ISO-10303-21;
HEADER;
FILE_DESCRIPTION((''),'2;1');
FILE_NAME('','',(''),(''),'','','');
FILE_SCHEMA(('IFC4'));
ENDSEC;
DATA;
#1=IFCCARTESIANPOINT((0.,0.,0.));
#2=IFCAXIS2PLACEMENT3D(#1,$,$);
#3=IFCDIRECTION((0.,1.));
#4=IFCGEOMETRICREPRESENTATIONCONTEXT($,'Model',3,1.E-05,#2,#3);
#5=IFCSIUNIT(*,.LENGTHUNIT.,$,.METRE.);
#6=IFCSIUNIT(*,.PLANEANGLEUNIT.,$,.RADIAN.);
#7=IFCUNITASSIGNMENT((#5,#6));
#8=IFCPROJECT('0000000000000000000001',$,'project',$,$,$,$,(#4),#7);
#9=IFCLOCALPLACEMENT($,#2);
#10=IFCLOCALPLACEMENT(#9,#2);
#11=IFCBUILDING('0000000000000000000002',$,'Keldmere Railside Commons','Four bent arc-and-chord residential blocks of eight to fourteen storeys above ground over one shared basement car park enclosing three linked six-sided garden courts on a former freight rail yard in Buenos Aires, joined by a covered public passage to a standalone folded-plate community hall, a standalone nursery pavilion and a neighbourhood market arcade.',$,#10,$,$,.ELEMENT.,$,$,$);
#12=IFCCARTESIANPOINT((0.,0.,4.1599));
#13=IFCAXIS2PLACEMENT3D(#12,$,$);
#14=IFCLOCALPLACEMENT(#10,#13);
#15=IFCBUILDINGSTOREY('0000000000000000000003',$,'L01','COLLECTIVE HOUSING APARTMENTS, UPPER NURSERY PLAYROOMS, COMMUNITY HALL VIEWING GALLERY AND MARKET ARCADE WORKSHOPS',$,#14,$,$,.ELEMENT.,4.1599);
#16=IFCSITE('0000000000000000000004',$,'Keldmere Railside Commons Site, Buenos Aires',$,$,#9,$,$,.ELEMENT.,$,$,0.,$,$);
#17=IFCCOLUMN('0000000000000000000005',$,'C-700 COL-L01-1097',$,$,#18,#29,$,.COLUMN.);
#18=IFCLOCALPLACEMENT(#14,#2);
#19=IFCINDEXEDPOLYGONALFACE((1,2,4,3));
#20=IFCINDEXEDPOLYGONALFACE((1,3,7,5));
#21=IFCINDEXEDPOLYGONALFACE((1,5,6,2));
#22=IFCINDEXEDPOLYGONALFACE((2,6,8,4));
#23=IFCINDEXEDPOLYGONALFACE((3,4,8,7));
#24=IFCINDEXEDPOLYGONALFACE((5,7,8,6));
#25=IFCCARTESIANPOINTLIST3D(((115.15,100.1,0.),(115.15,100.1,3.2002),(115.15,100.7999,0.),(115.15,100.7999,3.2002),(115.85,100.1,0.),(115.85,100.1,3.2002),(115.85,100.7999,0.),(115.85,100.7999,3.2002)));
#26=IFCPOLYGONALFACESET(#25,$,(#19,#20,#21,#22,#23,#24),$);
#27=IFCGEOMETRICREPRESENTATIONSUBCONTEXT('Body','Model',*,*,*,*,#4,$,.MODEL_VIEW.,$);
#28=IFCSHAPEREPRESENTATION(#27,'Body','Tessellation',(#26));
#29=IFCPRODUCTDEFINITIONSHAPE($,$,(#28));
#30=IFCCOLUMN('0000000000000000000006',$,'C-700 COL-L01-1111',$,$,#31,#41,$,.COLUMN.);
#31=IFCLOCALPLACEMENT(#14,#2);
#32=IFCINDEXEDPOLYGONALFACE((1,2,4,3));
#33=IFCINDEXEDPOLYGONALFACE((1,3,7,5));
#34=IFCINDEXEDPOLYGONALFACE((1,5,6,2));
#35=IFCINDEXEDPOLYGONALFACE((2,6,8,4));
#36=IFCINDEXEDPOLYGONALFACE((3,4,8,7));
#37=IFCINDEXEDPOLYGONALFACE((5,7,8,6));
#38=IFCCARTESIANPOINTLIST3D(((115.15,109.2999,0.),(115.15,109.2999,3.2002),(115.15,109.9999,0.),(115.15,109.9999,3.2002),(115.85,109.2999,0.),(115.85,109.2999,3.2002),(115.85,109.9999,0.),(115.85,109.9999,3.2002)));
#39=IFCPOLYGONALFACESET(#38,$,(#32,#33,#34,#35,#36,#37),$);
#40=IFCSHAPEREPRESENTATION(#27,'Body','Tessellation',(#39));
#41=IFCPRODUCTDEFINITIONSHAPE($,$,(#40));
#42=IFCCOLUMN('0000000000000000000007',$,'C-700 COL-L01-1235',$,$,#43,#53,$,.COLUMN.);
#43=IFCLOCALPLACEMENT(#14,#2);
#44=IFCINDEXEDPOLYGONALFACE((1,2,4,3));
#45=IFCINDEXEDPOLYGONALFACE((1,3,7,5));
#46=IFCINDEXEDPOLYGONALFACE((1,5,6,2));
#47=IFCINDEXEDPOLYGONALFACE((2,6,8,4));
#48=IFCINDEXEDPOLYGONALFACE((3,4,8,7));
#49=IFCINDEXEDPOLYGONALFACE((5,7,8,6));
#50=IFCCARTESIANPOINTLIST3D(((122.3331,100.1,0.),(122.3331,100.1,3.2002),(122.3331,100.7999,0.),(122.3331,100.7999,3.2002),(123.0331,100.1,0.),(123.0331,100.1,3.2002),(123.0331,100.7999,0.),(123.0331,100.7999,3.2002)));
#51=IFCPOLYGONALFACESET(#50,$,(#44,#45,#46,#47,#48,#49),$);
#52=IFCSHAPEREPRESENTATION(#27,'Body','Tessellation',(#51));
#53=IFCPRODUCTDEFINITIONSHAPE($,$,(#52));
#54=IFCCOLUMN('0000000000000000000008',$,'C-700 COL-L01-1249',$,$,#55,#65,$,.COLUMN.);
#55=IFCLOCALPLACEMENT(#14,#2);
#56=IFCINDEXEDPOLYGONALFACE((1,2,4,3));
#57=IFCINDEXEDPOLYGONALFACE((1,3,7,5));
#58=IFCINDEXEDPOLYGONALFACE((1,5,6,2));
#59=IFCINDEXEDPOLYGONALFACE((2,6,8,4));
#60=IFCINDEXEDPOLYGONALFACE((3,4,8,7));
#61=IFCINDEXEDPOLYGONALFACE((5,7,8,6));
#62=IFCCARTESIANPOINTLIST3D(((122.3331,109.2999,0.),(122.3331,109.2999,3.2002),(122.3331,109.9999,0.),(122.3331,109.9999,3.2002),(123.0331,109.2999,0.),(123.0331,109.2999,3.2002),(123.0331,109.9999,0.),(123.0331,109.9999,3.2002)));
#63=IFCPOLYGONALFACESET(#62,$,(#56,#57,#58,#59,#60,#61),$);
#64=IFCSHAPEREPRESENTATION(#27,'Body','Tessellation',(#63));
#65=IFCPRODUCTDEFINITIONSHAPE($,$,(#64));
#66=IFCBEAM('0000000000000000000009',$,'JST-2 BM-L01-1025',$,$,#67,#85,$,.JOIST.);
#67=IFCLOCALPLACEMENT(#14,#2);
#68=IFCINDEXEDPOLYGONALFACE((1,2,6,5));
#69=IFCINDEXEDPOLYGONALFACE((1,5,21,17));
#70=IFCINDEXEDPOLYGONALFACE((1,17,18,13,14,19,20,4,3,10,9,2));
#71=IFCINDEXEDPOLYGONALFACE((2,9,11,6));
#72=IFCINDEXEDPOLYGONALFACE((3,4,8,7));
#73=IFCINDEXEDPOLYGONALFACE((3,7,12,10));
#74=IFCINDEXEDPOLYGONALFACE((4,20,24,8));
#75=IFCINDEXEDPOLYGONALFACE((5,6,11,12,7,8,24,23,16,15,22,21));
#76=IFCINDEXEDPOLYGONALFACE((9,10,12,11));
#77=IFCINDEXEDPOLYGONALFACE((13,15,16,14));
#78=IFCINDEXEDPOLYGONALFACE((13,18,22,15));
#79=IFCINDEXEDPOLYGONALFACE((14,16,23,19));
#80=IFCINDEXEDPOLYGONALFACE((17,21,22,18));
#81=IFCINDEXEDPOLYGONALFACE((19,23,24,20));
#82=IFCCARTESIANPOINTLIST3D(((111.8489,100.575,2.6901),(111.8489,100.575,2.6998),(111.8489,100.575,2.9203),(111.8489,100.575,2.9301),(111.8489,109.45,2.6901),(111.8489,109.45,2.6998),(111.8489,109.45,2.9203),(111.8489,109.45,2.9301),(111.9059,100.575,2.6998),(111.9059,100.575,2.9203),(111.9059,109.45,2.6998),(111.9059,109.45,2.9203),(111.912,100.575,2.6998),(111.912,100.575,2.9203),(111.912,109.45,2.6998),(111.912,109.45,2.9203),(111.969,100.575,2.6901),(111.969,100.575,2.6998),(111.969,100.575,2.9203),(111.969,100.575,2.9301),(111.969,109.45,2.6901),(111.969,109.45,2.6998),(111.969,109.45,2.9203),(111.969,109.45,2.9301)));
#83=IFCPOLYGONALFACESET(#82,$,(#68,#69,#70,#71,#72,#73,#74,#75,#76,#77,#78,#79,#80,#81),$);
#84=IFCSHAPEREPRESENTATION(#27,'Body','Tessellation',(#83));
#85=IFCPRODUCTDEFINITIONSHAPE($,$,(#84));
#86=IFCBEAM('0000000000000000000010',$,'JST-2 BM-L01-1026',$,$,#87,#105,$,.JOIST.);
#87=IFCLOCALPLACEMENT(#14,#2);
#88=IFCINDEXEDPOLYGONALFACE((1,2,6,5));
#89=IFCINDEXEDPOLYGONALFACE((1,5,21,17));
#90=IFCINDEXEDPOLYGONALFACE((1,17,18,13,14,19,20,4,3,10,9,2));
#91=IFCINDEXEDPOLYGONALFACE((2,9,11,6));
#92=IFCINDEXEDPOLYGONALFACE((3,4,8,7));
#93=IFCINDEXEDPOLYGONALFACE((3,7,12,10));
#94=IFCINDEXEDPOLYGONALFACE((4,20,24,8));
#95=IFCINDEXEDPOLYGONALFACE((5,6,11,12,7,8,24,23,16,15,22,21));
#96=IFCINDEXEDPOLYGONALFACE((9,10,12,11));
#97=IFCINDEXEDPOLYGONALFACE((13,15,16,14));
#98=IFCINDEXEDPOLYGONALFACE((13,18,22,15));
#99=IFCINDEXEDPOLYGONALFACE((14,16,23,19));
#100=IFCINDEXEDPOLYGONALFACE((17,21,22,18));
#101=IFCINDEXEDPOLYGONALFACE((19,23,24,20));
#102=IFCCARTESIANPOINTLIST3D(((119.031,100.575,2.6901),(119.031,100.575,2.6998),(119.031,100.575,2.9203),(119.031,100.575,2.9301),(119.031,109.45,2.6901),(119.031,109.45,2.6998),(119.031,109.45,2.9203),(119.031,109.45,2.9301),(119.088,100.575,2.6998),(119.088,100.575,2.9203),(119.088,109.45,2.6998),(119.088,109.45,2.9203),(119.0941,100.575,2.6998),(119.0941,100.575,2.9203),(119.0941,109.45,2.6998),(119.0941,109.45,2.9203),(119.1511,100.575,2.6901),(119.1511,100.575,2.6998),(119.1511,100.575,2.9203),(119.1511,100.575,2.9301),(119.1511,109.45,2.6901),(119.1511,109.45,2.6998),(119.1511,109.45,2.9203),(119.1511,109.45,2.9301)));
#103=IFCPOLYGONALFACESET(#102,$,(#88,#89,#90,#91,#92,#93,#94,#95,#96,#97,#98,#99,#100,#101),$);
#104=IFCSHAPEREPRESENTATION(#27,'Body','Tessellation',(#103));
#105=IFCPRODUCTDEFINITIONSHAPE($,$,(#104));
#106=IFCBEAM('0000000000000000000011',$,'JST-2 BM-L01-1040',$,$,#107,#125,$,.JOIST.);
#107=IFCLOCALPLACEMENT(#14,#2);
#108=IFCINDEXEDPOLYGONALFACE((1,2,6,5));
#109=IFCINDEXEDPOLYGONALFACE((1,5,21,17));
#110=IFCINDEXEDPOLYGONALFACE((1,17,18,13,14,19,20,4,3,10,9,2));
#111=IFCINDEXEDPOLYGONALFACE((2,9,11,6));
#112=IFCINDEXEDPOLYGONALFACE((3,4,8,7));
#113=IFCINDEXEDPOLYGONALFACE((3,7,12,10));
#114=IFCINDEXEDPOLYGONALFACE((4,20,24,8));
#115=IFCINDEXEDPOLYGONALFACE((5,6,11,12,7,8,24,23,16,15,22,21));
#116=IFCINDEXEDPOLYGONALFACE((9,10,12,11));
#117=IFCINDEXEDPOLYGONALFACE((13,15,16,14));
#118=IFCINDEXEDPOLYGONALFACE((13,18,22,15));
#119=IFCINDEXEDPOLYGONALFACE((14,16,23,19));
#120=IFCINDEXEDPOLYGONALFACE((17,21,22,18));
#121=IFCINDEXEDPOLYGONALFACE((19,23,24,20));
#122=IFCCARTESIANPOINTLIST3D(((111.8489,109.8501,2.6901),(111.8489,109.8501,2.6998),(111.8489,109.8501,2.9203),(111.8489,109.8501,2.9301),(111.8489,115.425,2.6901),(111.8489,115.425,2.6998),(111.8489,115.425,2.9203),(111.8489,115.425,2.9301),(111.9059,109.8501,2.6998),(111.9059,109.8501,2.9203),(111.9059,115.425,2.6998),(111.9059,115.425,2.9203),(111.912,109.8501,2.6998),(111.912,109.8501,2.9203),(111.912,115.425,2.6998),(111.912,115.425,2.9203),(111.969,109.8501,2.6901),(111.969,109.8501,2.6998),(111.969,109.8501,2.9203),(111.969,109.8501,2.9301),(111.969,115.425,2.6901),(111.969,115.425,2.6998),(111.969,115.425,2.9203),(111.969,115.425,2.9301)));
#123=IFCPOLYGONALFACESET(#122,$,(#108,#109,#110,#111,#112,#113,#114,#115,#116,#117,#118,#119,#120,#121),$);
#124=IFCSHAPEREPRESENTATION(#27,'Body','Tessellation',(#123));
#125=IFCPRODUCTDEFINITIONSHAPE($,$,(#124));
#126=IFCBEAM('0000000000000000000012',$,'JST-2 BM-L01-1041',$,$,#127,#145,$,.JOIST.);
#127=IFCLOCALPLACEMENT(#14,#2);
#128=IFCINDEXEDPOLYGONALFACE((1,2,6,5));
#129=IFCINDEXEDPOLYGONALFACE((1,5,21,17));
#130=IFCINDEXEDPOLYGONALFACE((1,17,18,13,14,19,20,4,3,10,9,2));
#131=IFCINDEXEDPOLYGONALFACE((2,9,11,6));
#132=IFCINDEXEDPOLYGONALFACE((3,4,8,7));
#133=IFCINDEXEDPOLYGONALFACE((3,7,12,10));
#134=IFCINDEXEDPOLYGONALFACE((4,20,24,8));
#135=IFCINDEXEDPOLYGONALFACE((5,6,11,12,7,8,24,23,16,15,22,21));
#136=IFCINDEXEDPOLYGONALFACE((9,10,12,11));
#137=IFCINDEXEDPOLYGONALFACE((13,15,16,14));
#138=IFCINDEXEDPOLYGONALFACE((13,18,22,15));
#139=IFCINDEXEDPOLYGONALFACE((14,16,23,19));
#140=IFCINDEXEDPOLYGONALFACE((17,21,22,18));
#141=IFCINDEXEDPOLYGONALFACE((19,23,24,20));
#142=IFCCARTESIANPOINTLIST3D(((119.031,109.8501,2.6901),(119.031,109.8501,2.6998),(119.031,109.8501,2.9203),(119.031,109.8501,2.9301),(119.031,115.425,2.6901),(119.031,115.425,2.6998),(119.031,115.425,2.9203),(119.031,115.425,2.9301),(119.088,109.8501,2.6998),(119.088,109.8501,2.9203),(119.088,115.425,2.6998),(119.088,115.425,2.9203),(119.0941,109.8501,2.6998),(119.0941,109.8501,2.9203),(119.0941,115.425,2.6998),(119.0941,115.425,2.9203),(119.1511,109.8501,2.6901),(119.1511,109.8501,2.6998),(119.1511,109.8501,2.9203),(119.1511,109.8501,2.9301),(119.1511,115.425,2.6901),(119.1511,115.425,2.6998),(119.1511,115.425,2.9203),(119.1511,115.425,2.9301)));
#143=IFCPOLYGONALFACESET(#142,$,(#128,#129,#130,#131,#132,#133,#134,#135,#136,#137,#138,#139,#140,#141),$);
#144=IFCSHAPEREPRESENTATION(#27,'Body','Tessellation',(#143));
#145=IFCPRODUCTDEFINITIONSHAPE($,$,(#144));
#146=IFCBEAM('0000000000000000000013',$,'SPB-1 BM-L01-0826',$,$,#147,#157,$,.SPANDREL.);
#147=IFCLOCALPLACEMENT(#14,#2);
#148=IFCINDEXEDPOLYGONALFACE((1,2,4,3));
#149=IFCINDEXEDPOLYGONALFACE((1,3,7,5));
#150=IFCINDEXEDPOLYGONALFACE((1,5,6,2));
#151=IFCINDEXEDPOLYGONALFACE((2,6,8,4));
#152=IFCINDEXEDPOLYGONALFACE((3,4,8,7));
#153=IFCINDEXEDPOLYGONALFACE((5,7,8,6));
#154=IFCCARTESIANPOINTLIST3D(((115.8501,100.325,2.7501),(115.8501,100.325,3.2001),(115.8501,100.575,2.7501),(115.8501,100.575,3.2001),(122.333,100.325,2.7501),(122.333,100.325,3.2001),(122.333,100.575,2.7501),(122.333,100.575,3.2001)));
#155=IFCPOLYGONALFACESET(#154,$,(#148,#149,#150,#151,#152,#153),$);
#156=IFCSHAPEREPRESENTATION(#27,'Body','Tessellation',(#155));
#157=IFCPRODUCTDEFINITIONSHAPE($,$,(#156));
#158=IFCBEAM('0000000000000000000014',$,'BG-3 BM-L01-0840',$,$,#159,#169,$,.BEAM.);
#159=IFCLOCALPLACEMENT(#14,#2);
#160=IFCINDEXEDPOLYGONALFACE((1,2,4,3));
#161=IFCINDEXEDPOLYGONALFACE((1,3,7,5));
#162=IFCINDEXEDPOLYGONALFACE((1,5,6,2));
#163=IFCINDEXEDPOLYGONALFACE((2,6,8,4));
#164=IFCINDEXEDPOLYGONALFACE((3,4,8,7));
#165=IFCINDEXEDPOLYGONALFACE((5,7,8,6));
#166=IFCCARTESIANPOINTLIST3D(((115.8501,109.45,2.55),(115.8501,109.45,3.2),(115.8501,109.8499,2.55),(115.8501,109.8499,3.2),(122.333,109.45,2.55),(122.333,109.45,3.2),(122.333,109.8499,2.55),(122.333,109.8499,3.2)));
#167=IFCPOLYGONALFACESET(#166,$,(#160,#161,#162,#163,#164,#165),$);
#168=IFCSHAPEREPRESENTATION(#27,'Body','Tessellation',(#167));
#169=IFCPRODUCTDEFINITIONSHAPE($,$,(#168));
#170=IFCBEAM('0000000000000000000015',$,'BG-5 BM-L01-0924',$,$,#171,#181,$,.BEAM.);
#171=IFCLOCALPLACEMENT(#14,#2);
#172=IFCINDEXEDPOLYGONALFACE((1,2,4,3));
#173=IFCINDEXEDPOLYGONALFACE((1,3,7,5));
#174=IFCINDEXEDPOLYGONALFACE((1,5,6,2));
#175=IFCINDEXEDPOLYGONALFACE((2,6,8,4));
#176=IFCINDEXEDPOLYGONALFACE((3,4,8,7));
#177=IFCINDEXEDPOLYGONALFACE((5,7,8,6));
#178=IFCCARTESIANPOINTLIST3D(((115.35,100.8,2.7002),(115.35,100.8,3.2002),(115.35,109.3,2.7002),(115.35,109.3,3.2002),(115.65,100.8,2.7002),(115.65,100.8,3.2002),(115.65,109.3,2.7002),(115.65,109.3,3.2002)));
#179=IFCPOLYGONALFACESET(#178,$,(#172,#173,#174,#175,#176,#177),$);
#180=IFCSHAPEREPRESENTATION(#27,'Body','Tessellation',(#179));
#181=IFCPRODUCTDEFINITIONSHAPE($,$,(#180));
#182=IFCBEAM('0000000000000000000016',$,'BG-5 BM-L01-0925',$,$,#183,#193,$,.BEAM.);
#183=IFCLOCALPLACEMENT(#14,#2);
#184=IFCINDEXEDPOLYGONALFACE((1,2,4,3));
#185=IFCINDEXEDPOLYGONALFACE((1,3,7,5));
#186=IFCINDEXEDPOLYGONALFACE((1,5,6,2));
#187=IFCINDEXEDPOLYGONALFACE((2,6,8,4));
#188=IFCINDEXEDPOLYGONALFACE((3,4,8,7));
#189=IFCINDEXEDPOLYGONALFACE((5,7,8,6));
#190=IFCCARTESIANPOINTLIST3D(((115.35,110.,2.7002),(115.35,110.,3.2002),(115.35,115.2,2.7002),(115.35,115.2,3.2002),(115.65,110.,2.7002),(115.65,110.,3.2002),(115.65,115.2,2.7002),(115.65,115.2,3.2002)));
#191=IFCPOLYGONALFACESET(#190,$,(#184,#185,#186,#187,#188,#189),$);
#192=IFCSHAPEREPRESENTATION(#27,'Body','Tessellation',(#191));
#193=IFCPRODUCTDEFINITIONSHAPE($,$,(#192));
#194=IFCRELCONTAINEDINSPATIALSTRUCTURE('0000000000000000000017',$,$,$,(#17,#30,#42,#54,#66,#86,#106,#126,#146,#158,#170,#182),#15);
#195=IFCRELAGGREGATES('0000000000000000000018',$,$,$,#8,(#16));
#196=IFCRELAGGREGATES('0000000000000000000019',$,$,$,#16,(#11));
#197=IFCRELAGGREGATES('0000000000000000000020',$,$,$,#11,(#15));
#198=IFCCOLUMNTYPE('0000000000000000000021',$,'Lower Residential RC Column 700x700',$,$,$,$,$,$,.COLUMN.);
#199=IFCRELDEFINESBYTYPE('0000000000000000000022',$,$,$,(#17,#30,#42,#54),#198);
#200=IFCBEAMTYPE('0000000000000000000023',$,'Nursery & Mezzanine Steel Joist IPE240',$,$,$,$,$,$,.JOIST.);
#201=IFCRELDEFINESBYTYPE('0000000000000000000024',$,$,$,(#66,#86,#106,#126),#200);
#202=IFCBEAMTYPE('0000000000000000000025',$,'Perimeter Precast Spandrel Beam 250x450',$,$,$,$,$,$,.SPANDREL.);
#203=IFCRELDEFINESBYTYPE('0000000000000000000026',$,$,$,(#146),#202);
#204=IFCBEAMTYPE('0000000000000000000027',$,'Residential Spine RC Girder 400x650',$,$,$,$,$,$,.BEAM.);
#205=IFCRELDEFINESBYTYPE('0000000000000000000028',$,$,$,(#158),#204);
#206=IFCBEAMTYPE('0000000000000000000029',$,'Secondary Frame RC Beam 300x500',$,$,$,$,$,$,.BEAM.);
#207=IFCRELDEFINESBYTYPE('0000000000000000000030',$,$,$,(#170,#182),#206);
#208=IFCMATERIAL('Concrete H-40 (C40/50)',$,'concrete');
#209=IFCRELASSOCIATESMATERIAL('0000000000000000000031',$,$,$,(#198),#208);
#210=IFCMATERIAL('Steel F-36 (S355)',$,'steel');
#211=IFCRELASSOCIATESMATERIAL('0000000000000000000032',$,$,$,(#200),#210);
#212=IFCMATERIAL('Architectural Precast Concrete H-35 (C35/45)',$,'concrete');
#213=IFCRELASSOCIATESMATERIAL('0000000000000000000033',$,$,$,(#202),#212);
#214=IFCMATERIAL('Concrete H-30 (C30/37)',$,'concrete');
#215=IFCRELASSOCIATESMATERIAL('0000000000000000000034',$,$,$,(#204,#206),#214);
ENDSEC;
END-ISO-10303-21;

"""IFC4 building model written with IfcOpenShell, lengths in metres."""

from ifc_helpers import new_model, si_unit, direction, frame, origin, origin_2d, place, context, subcontext, project, spatial, rectangle, i_section, extrude, material, material_profile, profile_set, type_object, element, save


model = new_model("IFC4")

# Units and contexts
model_context = context("Model", 3, precision=1e-05, world=origin(), true_north=direction((0.0, 1.0)))
body_context = subcontext(model_context, "Body", "Model", "MODEL_VIEW")
ifc_project = project(units=[si_unit("LENGTHUNIT", "METRE"), si_unit("PLANEANGLEUNIT", "RADIAN")], contexts=[model_context])

# Site, building, storey
site_placement = place(None, origin())
site = spatial("IfcSite", under=ifc_project, at=site_placement, Name="Keldmere Railside Commons Site, Buenos Aires", CompositionType="ELEMENT", RefElevation=0.0)
building_placement = place(site_placement, origin())
building = spatial("IfcBuilding", under=site, at=building_placement, Name="Keldmere Railside Commons", Description="Four bent arc-and-chord residential blocks of eight to fourteen storeys above ground over one shared basement car park enclosing three linked six-sided garden courts on a former freight rail yard in Buenos Aires, joined by a covered public passage to a standalone folded-plate community hall, a standalone nursery pavilion and a neighbourhood market arcade.", CompositionType="ELEMENT")
storey_placement = place(building_placement, frame((0.0, 0.0, 4.1599)))
storey = spatial("IfcBuildingStorey", under=building, at=storey_placement, Name="L01", Description="COLLECTIVE HOUSING APARTMENTS, UPPER NURSERY PLAYROOMS, COMMUNITY HALL VIEWING GALLERY AND MARKET ARCADE WORKSHOPS", CompositionType="ELEMENT", Elevation=4.1599)

# Columns
ifc_material_1 = material(Name="Concrete H-40 (C40/50)", Category="concrete")
ifc_material_profile_1 = material_profile(ifc_material_1, rectangle(XDim=0.7, YDim=0.7, at=origin_2d()), Name="RC-700x700")
ifc_profile_set_1 = profile_set([ifc_material_profile_1], Name="Concrete H-40 (C40/50)")
column_type = type_object("IfcColumnType", Name="Lower Residential RC Column 700x700", PredefinedType="COLUMN", material=ifc_profile_set_1)
for number, where, z_axis, x_axis, name in (
    (1, (115.5, 100.45, 0.0), (0.0, 0.0, 1.0), (1.0, 0.0, 0.0), "C-700 COL-L01-1097"),
    (2, (115.5, 109.6499, 0.0), (0.0, 0.0, 1.0), (1.0, 0.0, 0.0), "C-700 COL-L01-1111"),
    (3, (122.6831, 100.45, 0.0), (0.0, 0.0, 1.0), (1.0, 0.0, 0.0), "C-700 COL-L01-1235"),
    (4, (122.6831, 109.6499, 0.0), (0.0, 0.0, 1.0), (1.0, 0.0, 0.0), "C-700 COL-L01-1249"),
):
    element("IfcColumn", number, at=place(storey_placement, frame(where, z_axis=z_axis, x_axis=x_axis)), inside=storey, type_object=column_type, Name=name, PredefinedType="COLUMN", context=body_context, shape_type="SweptSolid", body=[
        extrude(rectangle(XDim=0.7, YDim=0.7, at=origin_2d()), origin(), (0.0, 0.0, 1.0), 3.2002),
    ])

# Beams
ifc_material_2 = material(Name="Steel F-36 (S355)", Category="steel")
ifc_material_profile_2 = material_profile(ifc_material_2, i_section(OverallWidth=0.1201, OverallDepth=0.24, WebThickness=0.0061, FlangeThickness=0.0098, at=origin_2d()), Name="IPE-240")
ifc_profile_set_2 = profile_set([ifc_material_profile_2], Name="Steel F-36 (S355)")
beam_type_1 = type_object("IfcBeamType", Name="Nursery & Mezzanine Steel Joist IPE240", PredefinedType="JOIST", material=ifc_profile_set_2)
for number, where, z_axis, x_axis, name in (
    (5, (111.9089, 100.575, 2.8101), (0.0, 1.0, 0.0), (-1.0, 0.0, 0.0), "JST-2 BM-L01-1025"),
    (6, (119.0911, 100.575, 2.8101), (0.0, 1.0, 0.0), (-1.0, 0.0, 0.0), "JST-2 BM-L01-1026"),
):
    element("IfcBeam", number, at=place(storey_placement, frame(where, z_axis=z_axis, x_axis=x_axis)), inside=storey, type_object=beam_type_1, Name=name, PredefinedType="JOIST", context=body_context, shape_type="SweptSolid", body=[
        extrude(i_section(OverallWidth=0.1201, OverallDepth=0.24, WebThickness=0.0061, FlangeThickness=0.0098, at=origin_2d()), origin(), (0.0, 0.0, 1.0), 8.875),
    ])
for number, where, z_axis, x_axis, name in (
    (7, (111.9089, 109.8501, 2.8101), (0.0, 1.0, 0.0), (-1.0, 0.0, 0.0), "JST-2 BM-L01-1040"),
    (8, (119.0911, 109.8501, 2.8101), (0.0, 1.0, 0.0), (-1.0, 0.0, 0.0), "JST-2 BM-L01-1041"),
):
    element("IfcBeam", number, at=place(storey_placement, frame(where, z_axis=z_axis, x_axis=x_axis)), inside=storey, type_object=beam_type_1, Name=name, PredefinedType="JOIST", context=body_context, shape_type="SweptSolid", body=[
        extrude(i_section(OverallWidth=0.1201, OverallDepth=0.24, WebThickness=0.0061, FlangeThickness=0.0098, at=origin_2d()), origin(), (0.0, 0.0, 1.0), 5.575),
    ])
ifc_material_3 = material(Name="Architectural Precast Concrete H-35 (C35/45)", Category="concrete")
ifc_material_profile_3 = material_profile(ifc_material_3, rectangle(XDim=0.25, YDim=0.45, at=origin_2d()), Name="RC-250x450")
ifc_profile_set_3 = profile_set([ifc_material_profile_3], Name="Architectural Precast Concrete H-35 (C35/45)")
beam_type_2 = type_object("IfcBeamType", Name="Perimeter Precast Spandrel Beam 250x450", PredefinedType="SPANDREL", material=ifc_profile_set_3)
beam_1_placement = place(storey_placement, frame((115.8501, 100.45, 2.9751), z_axis=(1.0, 0.0, 0.0), x_axis=(0.0, 1.0, 0.0)))
element("IfcBeam", 9, at=beam_1_placement, inside=storey, type_object=beam_type_2, Name="SPB-1 BM-L01-0826", PredefinedType="SPANDREL", context=body_context, shape_type="SweptSolid", body=[
    extrude(rectangle(XDim=0.25, YDim=0.45, at=origin_2d()), origin(), (0.0, 0.0, 1.0), 6.4829),
])
ifc_material_4 = material(Name="Concrete H-30 (C30/37)", Category="concrete")
ifc_material_profile_4 = material_profile(ifc_material_4, rectangle(XDim=0.3999, YDim=0.6499, at=origin_2d()), Name="RC-400x650")
ifc_profile_set_4 = profile_set([ifc_material_profile_4], Name="Concrete H-30 (C30/37)")
beam_type_3 = type_object("IfcBeamType", Name="Residential Spine RC Girder 400x650", PredefinedType="BEAM", material=ifc_profile_set_4)
beam_2_placement = place(storey_placement, frame((115.8501, 109.6499, 2.875), z_axis=(1.0, 0.0, 0.0), x_axis=(0.0, 1.0, 0.0)))
element("IfcBeam", 10, at=beam_2_placement, inside=storey, type_object=beam_type_3, Name="BG-3 BM-L01-0840", PredefinedType="BEAM", context=body_context, shape_type="SweptSolid", body=[
    extrude(rectangle(XDim=0.3999, YDim=0.6499, at=origin_2d()), origin(), (0.0, 0.0, 1.0), 6.4829),
])
ifc_material_profile_5 = material_profile(ifc_material_4, rectangle(XDim=0.3, YDim=0.5, at=origin_2d()), Name="RC-300x500")
ifc_profile_set_5 = profile_set([ifc_material_profile_5], Name="Concrete H-30 (C30/37)")
beam_type_4 = type_object("IfcBeamType", Name="Secondary Frame RC Beam 300x500", PredefinedType="BEAM", material=ifc_profile_set_5)
beam_3_placement = place(storey_placement, frame((115.5, 100.8, 2.9502), z_axis=(0.0, 1.0, 0.0), x_axis=(-1.0, 0.0, 0.0)))
element("IfcBeam", 11, at=beam_3_placement, inside=storey, type_object=beam_type_4, Name="BG-5 BM-L01-0924", PredefinedType="BEAM", context=body_context, shape_type="SweptSolid", body=[
    extrude(rectangle(XDim=0.3, YDim=0.5, at=origin_2d()), origin(), (0.0, 0.0, 1.0), 8.5),
])
beam_4_placement = place(storey_placement, frame((115.5, 110.0, 2.9502), z_axis=(0.0, 1.0, 0.0), x_axis=(-1.0, 0.0, 0.0)))
element("IfcBeam", 12, at=beam_4_placement, inside=storey, type_object=beam_type_4, Name="BG-5 BM-L01-0925", PredefinedType="BEAM", context=body_context, shape_type="SweptSolid", body=[
    extrude(rectangle(XDim=0.3, YDim=0.5, at=origin_2d()), origin(), (0.0, 0.0, 1.0), 5.2),
])

save(model, "model.ifc")
